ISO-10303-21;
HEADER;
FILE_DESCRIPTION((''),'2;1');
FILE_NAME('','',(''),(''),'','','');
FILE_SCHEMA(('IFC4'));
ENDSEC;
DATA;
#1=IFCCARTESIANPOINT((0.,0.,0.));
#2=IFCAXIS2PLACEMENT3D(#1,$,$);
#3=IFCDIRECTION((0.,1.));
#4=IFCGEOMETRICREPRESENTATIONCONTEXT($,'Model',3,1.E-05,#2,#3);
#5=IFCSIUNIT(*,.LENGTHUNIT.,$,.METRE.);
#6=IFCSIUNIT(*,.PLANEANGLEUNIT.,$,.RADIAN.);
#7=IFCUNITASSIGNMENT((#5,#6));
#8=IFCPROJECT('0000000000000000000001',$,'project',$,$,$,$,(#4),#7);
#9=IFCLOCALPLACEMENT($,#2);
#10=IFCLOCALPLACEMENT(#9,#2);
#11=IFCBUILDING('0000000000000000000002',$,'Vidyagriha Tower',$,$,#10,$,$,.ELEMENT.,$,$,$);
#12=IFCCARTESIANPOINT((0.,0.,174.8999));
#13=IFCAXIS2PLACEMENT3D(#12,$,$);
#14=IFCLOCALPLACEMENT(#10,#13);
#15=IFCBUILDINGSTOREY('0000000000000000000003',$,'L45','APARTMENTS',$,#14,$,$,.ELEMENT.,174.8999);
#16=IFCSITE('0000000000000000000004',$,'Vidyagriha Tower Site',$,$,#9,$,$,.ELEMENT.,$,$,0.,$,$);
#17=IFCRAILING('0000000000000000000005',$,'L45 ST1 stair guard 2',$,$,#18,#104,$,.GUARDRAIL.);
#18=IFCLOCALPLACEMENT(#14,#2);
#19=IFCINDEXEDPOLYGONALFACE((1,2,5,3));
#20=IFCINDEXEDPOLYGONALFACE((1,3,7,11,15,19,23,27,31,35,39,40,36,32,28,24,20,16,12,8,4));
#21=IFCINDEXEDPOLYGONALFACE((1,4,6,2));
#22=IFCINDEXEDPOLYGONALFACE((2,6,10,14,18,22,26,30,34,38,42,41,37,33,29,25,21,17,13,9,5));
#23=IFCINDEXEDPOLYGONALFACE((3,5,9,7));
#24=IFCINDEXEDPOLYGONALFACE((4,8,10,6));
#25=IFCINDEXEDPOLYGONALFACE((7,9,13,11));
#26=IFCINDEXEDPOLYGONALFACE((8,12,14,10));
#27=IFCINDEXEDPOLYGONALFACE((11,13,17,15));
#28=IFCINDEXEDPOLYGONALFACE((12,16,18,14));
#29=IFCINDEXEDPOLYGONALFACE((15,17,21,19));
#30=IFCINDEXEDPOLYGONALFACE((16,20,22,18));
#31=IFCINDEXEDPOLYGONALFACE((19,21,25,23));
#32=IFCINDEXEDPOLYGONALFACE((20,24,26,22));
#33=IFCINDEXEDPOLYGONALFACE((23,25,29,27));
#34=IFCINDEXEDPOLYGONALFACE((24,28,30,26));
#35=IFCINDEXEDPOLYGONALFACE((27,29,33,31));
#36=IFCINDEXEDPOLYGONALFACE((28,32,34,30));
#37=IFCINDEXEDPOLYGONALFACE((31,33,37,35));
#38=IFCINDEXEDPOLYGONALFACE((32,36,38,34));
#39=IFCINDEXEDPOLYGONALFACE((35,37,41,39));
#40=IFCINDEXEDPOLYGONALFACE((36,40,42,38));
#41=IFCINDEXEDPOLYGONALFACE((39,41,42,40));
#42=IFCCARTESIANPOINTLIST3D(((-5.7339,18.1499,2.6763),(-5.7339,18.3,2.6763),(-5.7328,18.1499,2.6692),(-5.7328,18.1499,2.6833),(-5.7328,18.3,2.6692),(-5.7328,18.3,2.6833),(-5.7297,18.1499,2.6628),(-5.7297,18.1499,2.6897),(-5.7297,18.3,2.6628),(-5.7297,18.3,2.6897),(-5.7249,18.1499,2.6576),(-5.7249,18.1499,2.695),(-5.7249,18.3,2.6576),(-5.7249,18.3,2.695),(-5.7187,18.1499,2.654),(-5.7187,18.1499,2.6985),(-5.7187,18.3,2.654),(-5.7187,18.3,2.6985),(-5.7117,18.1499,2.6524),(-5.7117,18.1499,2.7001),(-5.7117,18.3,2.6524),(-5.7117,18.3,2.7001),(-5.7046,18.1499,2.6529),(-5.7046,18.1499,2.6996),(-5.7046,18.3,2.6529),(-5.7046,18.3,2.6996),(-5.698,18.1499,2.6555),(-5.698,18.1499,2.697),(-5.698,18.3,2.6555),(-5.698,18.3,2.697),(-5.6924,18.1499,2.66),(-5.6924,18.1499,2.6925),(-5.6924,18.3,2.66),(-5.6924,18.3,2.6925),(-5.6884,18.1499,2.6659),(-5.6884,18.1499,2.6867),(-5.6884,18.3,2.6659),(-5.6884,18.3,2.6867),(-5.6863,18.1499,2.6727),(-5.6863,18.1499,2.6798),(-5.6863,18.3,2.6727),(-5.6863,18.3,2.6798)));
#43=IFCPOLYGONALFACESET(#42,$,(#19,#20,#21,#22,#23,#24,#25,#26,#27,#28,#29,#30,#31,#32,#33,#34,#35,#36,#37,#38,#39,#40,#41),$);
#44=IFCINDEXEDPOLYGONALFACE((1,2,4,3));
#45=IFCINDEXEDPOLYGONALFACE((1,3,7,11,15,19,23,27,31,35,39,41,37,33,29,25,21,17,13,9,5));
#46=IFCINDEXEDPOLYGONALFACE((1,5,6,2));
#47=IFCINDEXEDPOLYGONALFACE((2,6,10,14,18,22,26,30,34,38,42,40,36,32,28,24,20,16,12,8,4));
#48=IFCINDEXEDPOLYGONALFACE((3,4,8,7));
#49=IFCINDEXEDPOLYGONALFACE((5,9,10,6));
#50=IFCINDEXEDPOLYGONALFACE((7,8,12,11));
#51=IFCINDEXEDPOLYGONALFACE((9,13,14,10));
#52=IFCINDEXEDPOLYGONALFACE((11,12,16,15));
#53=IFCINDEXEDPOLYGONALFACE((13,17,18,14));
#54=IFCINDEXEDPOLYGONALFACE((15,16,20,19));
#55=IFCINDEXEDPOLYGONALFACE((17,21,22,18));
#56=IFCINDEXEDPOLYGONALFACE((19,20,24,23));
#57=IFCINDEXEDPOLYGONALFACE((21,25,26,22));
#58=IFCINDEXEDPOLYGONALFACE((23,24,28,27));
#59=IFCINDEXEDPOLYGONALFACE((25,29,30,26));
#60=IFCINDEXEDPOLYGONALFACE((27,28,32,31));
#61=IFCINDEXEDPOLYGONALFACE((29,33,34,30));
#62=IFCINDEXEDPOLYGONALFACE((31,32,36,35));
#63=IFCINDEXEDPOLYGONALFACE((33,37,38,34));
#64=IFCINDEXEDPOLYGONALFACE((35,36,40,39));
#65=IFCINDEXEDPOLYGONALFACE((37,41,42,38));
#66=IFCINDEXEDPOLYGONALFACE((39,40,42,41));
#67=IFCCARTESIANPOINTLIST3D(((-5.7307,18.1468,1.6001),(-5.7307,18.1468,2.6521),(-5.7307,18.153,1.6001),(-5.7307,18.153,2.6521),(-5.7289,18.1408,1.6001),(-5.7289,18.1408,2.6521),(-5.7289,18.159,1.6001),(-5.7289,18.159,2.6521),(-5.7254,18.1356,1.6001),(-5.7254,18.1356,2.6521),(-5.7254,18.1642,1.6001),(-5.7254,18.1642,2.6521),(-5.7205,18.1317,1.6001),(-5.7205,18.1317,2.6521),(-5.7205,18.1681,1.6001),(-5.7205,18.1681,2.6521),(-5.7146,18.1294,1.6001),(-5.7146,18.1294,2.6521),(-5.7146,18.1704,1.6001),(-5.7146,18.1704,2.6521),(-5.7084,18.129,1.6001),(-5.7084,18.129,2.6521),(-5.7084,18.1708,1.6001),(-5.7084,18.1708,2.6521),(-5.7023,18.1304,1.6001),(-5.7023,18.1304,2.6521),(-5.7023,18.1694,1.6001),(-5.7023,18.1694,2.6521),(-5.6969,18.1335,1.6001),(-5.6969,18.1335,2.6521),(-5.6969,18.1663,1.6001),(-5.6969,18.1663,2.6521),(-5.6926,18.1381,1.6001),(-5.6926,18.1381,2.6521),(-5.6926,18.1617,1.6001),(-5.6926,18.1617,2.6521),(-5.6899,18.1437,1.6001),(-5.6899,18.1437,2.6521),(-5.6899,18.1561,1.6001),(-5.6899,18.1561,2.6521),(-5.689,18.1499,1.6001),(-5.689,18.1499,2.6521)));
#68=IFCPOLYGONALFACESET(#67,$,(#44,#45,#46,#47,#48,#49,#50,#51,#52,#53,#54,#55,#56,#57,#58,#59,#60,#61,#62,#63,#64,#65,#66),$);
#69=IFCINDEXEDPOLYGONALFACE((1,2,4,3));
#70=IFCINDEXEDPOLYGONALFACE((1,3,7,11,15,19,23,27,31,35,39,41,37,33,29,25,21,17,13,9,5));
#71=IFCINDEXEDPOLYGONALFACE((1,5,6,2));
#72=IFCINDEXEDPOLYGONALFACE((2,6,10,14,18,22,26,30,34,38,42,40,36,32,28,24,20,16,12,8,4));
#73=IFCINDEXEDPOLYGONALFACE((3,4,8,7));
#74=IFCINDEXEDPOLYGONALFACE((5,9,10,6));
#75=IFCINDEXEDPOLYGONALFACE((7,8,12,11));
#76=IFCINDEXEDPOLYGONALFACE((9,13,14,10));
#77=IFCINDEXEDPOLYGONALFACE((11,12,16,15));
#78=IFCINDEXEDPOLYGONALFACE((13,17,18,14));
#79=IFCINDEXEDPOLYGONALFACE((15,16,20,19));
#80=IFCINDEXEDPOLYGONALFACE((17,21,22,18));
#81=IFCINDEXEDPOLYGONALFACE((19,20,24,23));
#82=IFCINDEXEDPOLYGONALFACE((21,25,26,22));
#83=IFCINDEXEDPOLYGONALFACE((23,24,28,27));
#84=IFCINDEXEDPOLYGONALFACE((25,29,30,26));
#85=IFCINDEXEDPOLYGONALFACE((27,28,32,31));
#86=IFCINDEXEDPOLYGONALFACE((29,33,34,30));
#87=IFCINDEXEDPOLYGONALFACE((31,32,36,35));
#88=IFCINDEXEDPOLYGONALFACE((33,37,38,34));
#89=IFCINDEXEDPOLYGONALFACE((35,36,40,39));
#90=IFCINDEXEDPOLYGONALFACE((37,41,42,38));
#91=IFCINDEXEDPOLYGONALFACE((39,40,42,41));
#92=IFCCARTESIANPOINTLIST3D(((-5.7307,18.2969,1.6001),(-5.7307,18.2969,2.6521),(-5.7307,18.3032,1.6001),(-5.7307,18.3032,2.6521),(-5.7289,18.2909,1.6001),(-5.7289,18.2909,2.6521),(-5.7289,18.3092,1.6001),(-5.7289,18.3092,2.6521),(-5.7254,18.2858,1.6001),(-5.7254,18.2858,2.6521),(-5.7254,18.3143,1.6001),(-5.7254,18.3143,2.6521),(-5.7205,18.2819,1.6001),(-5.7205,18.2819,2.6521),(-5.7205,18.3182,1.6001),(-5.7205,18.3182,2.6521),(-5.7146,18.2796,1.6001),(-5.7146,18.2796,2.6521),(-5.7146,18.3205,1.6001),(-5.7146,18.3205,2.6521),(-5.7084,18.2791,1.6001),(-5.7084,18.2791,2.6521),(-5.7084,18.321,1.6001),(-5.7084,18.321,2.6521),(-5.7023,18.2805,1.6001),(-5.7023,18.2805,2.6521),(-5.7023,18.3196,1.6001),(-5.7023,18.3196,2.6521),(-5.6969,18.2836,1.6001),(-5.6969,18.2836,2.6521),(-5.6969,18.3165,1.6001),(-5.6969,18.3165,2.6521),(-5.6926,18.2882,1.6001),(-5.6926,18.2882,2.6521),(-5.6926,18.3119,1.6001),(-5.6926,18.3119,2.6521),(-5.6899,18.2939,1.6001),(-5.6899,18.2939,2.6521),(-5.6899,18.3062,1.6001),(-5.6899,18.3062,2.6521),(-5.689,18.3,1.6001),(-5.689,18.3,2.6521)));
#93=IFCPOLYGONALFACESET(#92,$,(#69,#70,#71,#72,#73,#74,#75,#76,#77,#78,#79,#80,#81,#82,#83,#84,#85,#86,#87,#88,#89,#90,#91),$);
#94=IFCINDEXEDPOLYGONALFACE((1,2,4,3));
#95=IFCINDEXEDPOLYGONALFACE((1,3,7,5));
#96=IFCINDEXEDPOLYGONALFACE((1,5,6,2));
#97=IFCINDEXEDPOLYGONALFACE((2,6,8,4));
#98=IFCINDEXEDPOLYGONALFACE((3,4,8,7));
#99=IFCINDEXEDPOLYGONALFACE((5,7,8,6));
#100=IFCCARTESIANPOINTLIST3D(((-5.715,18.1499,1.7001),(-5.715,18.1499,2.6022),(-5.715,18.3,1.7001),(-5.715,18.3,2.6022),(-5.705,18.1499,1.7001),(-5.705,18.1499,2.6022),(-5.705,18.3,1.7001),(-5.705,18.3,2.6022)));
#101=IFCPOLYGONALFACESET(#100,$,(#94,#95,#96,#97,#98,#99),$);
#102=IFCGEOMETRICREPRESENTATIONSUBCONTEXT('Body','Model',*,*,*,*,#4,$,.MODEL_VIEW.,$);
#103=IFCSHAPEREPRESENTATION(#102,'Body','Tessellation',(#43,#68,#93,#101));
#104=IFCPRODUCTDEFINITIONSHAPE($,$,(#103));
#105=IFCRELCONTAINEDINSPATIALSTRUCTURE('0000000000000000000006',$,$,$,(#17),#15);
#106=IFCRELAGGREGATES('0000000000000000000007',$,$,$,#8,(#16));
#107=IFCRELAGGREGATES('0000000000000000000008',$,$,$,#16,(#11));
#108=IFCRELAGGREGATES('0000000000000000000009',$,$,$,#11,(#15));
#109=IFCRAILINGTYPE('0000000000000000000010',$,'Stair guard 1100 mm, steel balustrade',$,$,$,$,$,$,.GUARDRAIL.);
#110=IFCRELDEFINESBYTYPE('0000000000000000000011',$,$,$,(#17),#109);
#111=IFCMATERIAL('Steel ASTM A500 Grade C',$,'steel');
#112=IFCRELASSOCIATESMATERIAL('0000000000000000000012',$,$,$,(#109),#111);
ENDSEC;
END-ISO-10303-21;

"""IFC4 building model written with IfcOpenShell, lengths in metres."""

from ifc_helpers import new_model, si_unit, direction, frame, origin, origin_2d, place, context, subcontext, project, spatial, rectangle, circle, extrude, material, type_object, element, save


model = new_model("IFC4")

# Units and contexts
model_context = context("Model", 3, precision=1e-05, world=origin(), true_north=direction((0.0, 1.0)))
body_context = subcontext(model_context, "Body", "Model", "MODEL_VIEW")
ifc_project = project(units=[si_unit("LENGTHUNIT", "METRE"), si_unit("PLANEANGLEUNIT", "RADIAN")], contexts=[model_context])

# Site, building, storey
site_placement = place(None, origin())
site = spatial("IfcSite", under=ifc_project, at=site_placement, Name="Vidyagriha Tower Site", CompositionType="ELEMENT", RefElevation=0.0)
building_placement = place(site_placement, origin())
building = spatial("IfcBuilding", under=site, at=building_placement, Name="Vidyagriha Tower", CompositionType="ELEMENT")
storey_placement = place(building_placement, frame((0.0, 0.0, 174.8999)))
storey = spatial("IfcBuildingStorey", under=building, at=storey_placement, Name="L45", Description="APARTMENTS", CompositionType="ELEMENT", Elevation=174.8999)

# Railing
ifc_material_1 = material(Name="Steel ASTM A500 Grade C", Category="steel")
railing_type_1 = type_object("IfcRailingType", Name="Stair guard 1100 mm, steel balustrade", PredefinedType="GUARDRAIL", material=ifc_material_1)
railing_1_placement = place(storey_placement, frame((-5.71, 18.1499, 1.6001)))
element("IfcRailing", 1, at=railing_1_placement, inside=storey, type_object=railing_type_1, Name="L45 ST1 stair guard 2", PredefinedType="GUARDRAIL", context=body_context, shape_type="SweptSolid", body=[
    extrude(circle(Radius=0.0239, at=origin_2d()), frame((0.0, 0.0, 1.0762), z_axis=(0.0, 1.0, 0.0), x_axis=(-1.0, 0.0, 0.0)), (0.0, 0.0, 1.0), 0.1501),
    extrude(circle(Radius=0.021, at=origin_2d()), origin(), (0.0, 0.0, 1.0), 1.052),
    extrude(circle(Radius=0.021, at=origin_2d()), frame((0.0, 0.1501, 0.0)), (0.0, 0.0, 1.0), 1.052),
    extrude(rectangle(XDim=0.01, YDim=0.9021, at=origin_2d()), frame((0.0, 0.0, 0.551), z_axis=(0.0, 1.0, 0.0), x_axis=(-1.0, 0.0, 0.0)), (0.0, 0.0, 1.0), 0.1501),
])

save(model, "model.ifc")
